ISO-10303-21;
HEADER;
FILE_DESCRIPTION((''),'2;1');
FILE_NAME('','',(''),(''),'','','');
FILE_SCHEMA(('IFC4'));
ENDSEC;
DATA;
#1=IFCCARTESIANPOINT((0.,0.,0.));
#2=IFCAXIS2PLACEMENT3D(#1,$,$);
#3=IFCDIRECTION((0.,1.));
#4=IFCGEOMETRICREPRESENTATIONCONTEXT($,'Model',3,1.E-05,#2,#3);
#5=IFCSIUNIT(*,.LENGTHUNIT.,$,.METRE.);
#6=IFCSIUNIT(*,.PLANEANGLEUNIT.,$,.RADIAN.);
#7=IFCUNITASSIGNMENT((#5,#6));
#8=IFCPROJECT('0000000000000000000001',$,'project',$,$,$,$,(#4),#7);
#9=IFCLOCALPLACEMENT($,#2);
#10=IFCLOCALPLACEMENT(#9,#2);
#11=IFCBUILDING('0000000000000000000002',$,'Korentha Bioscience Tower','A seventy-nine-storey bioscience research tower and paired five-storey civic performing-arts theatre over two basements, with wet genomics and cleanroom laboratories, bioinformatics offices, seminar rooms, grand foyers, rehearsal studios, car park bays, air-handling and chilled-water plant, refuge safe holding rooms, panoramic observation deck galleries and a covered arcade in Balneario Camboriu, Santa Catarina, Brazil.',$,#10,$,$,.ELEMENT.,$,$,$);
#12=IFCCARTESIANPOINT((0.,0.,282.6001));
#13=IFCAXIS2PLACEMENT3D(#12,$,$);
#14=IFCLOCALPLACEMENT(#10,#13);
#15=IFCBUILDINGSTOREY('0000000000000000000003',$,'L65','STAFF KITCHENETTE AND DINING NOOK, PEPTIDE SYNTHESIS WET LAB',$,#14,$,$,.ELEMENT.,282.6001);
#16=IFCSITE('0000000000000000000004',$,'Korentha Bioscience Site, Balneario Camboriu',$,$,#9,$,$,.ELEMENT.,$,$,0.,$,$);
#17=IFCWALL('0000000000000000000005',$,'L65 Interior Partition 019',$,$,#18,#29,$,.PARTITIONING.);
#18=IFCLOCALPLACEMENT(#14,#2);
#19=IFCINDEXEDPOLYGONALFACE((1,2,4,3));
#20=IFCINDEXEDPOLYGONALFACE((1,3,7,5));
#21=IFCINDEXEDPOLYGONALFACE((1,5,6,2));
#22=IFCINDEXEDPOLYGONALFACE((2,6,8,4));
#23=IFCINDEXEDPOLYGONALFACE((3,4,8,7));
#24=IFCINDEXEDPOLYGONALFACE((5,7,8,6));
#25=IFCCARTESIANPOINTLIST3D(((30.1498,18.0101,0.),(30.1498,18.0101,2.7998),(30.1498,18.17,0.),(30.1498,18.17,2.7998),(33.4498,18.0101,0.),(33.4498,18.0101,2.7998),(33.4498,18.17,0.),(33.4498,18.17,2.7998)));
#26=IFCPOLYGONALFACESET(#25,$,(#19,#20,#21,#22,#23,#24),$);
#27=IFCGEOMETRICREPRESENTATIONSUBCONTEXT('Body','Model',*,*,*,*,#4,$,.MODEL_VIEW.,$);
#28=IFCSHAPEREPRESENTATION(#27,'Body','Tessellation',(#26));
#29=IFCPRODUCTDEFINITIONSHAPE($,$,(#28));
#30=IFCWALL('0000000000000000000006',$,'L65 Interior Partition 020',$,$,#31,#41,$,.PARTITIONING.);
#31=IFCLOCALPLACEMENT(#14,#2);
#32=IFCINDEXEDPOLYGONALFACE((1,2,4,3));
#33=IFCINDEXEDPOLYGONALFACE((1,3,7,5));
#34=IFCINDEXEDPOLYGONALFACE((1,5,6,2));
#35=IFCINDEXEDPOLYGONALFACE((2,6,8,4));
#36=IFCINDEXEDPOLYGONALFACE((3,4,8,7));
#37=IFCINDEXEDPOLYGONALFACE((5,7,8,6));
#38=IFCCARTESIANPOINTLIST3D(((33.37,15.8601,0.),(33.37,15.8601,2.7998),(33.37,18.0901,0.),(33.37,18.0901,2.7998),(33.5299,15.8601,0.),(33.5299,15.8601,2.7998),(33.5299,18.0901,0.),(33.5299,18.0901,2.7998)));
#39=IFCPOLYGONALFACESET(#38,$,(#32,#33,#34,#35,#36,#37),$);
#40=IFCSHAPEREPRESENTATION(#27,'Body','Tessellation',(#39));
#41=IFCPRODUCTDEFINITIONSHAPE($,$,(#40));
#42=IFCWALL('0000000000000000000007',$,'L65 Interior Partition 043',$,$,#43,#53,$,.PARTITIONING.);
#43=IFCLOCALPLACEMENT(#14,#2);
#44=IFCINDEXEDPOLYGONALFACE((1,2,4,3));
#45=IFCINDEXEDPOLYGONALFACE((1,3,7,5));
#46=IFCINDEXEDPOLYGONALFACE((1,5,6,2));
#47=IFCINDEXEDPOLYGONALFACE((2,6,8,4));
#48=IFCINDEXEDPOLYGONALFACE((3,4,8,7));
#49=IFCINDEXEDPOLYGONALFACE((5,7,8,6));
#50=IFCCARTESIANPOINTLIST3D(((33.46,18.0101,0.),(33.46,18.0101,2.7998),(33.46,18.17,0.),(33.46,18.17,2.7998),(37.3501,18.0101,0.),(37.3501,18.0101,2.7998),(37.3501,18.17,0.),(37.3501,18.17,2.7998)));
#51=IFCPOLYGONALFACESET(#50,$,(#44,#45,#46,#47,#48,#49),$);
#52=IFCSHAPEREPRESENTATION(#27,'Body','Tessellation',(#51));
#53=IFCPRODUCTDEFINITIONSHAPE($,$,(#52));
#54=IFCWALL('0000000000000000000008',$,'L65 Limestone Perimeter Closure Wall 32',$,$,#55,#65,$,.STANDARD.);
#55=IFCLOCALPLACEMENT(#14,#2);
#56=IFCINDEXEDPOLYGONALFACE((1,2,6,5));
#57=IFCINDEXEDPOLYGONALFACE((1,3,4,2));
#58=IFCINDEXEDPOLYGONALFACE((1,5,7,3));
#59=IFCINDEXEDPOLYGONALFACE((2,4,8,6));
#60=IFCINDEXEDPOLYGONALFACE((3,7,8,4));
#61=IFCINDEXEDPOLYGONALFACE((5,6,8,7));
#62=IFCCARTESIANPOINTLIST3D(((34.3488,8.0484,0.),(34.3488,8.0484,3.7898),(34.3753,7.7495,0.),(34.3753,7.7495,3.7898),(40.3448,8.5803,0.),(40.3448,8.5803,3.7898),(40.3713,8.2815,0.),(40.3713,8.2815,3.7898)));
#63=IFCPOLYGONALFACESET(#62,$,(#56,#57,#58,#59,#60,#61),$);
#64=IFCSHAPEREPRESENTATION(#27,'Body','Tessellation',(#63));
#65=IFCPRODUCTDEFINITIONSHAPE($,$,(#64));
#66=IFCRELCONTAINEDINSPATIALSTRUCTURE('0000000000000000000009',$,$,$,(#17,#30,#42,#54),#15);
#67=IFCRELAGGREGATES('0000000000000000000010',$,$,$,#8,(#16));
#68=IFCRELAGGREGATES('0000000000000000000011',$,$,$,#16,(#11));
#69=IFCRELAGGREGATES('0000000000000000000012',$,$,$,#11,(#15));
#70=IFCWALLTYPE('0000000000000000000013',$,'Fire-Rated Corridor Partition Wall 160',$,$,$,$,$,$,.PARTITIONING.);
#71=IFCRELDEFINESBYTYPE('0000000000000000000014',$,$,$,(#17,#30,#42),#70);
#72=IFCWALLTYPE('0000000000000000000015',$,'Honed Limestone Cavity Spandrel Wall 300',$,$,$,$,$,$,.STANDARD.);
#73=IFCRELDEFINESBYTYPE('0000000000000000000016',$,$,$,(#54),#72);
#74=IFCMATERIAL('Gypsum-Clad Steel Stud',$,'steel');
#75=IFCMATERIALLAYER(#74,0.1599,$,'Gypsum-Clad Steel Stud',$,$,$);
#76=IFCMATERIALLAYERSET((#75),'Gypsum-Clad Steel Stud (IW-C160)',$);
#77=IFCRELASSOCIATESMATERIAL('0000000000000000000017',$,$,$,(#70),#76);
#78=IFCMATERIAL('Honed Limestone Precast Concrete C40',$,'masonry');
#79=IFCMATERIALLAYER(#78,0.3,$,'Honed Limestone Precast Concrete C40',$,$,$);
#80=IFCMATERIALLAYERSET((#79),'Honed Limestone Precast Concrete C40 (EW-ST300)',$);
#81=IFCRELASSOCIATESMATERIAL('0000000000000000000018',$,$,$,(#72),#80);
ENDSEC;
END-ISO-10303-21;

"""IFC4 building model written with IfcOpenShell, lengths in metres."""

from ifc_helpers import new_model, si_unit, direction, frame, frame_2d, origin, place, context, subcontext, project, spatial, rectangle, extrude, material, layer, layer_set, type_object, element, save


model = new_model("IFC4")

# Units and contexts
model_context = context("Model", 3, precision=1e-05, world=origin(), true_north=direction((0.0, 1.0)))
body_context = subcontext(model_context, "Body", "Model", "MODEL_VIEW")
ifc_project = project(units=[si_unit("LENGTHUNIT", "METRE"), si_unit("PLANEANGLEUNIT", "RADIAN")], contexts=[model_context])

# Site, building, storey
site_placement = place(None, origin())
site = spatial("IfcSite", under=ifc_project, at=site_placement, Name="Korentha Bioscience Site, Balneario Camboriu", CompositionType="ELEMENT", RefElevation=0.0)
building_placement = place(site_placement, origin())
building = spatial("IfcBuilding", under=site, at=building_placement, Name="Korentha Bioscience Tower", Description="A seventy-nine-storey bioscience research tower and paired five-storey civic performing-arts theatre over two basements, with wet genomics and cleanroom laboratories, bioinformatics offices, seminar rooms, grand foyers, rehearsal studios, car park bays, air-handling and chilled-water plant, refuge safe holding rooms, panoramic observation deck galleries and a covered arcade in Balneario Camboriu, Santa Catarina, Brazil.", CompositionType="ELEMENT")
storey_placement = place(building_placement, frame((0.0, 0.0, 282.6001)))
storey = spatial("IfcBuildingStorey", under=building, at=storey_placement, Name="L65", Description="STAFF KITCHENETTE AND DINING NOOK, PEPTIDE SYNTHESIS WET LAB", CompositionType="ELEMENT", Elevation=282.6001)

# Shared definitions
ifc_material_1 = material(Name="Gypsum-Clad Steel Stud", Category="steel")
ifc_layer_1 = layer(ifc_material_1, 0.1599, Name="Gypsum-Clad Steel Stud")
ifc_layer_set_1 = layer_set([ifc_layer_1], Name="Gypsum-Clad Steel Stud (IW-C160)")
wall_type_1 = type_object("IfcWallType", Name="Fire-Rated Corridor Partition Wall 160", PredefinedType="PARTITIONING", material=ifc_layer_set_1)

# Walls
wall_1_placement = place(storey_placement, frame((30.1499, 18.0901, 0.0), z_axis=(0.0, 0.0, 1.0), x_axis=(1.0, 0.0, 0.0)))
element("IfcWall", 1, at=wall_1_placement, inside=storey, type_object=wall_type_1, Name="L65 Interior Partition 019", PredefinedType="PARTITIONING", context=body_context, shape_type="SweptSolid", body=[
    extrude(rectangle(XDim=3.3, YDim=0.1599, at=frame_2d((1.6499, 0.0))), origin(), (0.0, 0.0, 1.0), 2.7998),
])
wall_2_placement = place(storey_placement, frame((33.45, 18.0901, 0.0), z_axis=(0.0, 0.0, 1.0), x_axis=(0.0, -1.0, 0.0)))
element("IfcWall", 2, at=wall_2_placement, inside=storey, type_object=wall_type_1, Name="L65 Interior Partition 020", PredefinedType="PARTITIONING", context=body_context, shape_type="SweptSolid", body=[
    extrude(rectangle(XDim=2.23, YDim=0.1599, at=frame_2d((1.115, 0.0))), origin(), (0.0, 0.0, 1.0), 2.7998),
])
wall_3_placement = place(storey_placement, frame((33.46, 18.0901, 0.0), z_axis=(0.0, 0.0, 1.0), x_axis=(1.0, 0.0, 0.0)))
element("IfcWall", 3, at=wall_3_placement, inside=storey, type_object=wall_type_1, Name="L65 Interior Partition 043", PredefinedType="PARTITIONING", context=body_context, shape_type="SweptSolid", body=[
    extrude(rectangle(XDim=3.8901, YDim=0.1599, at=frame_2d((1.9451, 0.0))), origin(), (0.0, 0.0, 1.0), 2.7998),
])
ifc_material_2 = material(Name="Honed Limestone Precast Concrete C40", Category="masonry")
ifc_layer_2 = layer(ifc_material_2, 0.3, Name="Honed Limestone Precast Concrete C40")
ifc_layer_set_2 = layer_set([ifc_layer_2], Name="Honed Limestone Precast Concrete C40 (EW-ST300)")
wall_type_2 = type_object("IfcWallType", Name="Honed Limestone Cavity Spandrel Wall 300", PredefinedType="STANDARD", material=ifc_layer_set_2)
wall_4_placement = place(storey_placement, frame((34.3621, 7.8989, 0.0), z_axis=(0.0, 0.0, 1.0), x_axis=(0.996087, 0.088374, 0.0)))
element("IfcWall", 4, at=wall_4_placement, inside=storey, type_object=wall_type_2, Name="L65 Limestone Perimeter Closure Wall 32", PredefinedType="STANDARD", context=body_context, shape_type="SweptSolid", body=[
    extrude(rectangle(XDim=6.0195, YDim=0.3, at=frame_2d((3.0098, 0.0))), origin(), (0.0, 0.0, 1.0), 3.7898),
])

save(model, "model.ifc")
